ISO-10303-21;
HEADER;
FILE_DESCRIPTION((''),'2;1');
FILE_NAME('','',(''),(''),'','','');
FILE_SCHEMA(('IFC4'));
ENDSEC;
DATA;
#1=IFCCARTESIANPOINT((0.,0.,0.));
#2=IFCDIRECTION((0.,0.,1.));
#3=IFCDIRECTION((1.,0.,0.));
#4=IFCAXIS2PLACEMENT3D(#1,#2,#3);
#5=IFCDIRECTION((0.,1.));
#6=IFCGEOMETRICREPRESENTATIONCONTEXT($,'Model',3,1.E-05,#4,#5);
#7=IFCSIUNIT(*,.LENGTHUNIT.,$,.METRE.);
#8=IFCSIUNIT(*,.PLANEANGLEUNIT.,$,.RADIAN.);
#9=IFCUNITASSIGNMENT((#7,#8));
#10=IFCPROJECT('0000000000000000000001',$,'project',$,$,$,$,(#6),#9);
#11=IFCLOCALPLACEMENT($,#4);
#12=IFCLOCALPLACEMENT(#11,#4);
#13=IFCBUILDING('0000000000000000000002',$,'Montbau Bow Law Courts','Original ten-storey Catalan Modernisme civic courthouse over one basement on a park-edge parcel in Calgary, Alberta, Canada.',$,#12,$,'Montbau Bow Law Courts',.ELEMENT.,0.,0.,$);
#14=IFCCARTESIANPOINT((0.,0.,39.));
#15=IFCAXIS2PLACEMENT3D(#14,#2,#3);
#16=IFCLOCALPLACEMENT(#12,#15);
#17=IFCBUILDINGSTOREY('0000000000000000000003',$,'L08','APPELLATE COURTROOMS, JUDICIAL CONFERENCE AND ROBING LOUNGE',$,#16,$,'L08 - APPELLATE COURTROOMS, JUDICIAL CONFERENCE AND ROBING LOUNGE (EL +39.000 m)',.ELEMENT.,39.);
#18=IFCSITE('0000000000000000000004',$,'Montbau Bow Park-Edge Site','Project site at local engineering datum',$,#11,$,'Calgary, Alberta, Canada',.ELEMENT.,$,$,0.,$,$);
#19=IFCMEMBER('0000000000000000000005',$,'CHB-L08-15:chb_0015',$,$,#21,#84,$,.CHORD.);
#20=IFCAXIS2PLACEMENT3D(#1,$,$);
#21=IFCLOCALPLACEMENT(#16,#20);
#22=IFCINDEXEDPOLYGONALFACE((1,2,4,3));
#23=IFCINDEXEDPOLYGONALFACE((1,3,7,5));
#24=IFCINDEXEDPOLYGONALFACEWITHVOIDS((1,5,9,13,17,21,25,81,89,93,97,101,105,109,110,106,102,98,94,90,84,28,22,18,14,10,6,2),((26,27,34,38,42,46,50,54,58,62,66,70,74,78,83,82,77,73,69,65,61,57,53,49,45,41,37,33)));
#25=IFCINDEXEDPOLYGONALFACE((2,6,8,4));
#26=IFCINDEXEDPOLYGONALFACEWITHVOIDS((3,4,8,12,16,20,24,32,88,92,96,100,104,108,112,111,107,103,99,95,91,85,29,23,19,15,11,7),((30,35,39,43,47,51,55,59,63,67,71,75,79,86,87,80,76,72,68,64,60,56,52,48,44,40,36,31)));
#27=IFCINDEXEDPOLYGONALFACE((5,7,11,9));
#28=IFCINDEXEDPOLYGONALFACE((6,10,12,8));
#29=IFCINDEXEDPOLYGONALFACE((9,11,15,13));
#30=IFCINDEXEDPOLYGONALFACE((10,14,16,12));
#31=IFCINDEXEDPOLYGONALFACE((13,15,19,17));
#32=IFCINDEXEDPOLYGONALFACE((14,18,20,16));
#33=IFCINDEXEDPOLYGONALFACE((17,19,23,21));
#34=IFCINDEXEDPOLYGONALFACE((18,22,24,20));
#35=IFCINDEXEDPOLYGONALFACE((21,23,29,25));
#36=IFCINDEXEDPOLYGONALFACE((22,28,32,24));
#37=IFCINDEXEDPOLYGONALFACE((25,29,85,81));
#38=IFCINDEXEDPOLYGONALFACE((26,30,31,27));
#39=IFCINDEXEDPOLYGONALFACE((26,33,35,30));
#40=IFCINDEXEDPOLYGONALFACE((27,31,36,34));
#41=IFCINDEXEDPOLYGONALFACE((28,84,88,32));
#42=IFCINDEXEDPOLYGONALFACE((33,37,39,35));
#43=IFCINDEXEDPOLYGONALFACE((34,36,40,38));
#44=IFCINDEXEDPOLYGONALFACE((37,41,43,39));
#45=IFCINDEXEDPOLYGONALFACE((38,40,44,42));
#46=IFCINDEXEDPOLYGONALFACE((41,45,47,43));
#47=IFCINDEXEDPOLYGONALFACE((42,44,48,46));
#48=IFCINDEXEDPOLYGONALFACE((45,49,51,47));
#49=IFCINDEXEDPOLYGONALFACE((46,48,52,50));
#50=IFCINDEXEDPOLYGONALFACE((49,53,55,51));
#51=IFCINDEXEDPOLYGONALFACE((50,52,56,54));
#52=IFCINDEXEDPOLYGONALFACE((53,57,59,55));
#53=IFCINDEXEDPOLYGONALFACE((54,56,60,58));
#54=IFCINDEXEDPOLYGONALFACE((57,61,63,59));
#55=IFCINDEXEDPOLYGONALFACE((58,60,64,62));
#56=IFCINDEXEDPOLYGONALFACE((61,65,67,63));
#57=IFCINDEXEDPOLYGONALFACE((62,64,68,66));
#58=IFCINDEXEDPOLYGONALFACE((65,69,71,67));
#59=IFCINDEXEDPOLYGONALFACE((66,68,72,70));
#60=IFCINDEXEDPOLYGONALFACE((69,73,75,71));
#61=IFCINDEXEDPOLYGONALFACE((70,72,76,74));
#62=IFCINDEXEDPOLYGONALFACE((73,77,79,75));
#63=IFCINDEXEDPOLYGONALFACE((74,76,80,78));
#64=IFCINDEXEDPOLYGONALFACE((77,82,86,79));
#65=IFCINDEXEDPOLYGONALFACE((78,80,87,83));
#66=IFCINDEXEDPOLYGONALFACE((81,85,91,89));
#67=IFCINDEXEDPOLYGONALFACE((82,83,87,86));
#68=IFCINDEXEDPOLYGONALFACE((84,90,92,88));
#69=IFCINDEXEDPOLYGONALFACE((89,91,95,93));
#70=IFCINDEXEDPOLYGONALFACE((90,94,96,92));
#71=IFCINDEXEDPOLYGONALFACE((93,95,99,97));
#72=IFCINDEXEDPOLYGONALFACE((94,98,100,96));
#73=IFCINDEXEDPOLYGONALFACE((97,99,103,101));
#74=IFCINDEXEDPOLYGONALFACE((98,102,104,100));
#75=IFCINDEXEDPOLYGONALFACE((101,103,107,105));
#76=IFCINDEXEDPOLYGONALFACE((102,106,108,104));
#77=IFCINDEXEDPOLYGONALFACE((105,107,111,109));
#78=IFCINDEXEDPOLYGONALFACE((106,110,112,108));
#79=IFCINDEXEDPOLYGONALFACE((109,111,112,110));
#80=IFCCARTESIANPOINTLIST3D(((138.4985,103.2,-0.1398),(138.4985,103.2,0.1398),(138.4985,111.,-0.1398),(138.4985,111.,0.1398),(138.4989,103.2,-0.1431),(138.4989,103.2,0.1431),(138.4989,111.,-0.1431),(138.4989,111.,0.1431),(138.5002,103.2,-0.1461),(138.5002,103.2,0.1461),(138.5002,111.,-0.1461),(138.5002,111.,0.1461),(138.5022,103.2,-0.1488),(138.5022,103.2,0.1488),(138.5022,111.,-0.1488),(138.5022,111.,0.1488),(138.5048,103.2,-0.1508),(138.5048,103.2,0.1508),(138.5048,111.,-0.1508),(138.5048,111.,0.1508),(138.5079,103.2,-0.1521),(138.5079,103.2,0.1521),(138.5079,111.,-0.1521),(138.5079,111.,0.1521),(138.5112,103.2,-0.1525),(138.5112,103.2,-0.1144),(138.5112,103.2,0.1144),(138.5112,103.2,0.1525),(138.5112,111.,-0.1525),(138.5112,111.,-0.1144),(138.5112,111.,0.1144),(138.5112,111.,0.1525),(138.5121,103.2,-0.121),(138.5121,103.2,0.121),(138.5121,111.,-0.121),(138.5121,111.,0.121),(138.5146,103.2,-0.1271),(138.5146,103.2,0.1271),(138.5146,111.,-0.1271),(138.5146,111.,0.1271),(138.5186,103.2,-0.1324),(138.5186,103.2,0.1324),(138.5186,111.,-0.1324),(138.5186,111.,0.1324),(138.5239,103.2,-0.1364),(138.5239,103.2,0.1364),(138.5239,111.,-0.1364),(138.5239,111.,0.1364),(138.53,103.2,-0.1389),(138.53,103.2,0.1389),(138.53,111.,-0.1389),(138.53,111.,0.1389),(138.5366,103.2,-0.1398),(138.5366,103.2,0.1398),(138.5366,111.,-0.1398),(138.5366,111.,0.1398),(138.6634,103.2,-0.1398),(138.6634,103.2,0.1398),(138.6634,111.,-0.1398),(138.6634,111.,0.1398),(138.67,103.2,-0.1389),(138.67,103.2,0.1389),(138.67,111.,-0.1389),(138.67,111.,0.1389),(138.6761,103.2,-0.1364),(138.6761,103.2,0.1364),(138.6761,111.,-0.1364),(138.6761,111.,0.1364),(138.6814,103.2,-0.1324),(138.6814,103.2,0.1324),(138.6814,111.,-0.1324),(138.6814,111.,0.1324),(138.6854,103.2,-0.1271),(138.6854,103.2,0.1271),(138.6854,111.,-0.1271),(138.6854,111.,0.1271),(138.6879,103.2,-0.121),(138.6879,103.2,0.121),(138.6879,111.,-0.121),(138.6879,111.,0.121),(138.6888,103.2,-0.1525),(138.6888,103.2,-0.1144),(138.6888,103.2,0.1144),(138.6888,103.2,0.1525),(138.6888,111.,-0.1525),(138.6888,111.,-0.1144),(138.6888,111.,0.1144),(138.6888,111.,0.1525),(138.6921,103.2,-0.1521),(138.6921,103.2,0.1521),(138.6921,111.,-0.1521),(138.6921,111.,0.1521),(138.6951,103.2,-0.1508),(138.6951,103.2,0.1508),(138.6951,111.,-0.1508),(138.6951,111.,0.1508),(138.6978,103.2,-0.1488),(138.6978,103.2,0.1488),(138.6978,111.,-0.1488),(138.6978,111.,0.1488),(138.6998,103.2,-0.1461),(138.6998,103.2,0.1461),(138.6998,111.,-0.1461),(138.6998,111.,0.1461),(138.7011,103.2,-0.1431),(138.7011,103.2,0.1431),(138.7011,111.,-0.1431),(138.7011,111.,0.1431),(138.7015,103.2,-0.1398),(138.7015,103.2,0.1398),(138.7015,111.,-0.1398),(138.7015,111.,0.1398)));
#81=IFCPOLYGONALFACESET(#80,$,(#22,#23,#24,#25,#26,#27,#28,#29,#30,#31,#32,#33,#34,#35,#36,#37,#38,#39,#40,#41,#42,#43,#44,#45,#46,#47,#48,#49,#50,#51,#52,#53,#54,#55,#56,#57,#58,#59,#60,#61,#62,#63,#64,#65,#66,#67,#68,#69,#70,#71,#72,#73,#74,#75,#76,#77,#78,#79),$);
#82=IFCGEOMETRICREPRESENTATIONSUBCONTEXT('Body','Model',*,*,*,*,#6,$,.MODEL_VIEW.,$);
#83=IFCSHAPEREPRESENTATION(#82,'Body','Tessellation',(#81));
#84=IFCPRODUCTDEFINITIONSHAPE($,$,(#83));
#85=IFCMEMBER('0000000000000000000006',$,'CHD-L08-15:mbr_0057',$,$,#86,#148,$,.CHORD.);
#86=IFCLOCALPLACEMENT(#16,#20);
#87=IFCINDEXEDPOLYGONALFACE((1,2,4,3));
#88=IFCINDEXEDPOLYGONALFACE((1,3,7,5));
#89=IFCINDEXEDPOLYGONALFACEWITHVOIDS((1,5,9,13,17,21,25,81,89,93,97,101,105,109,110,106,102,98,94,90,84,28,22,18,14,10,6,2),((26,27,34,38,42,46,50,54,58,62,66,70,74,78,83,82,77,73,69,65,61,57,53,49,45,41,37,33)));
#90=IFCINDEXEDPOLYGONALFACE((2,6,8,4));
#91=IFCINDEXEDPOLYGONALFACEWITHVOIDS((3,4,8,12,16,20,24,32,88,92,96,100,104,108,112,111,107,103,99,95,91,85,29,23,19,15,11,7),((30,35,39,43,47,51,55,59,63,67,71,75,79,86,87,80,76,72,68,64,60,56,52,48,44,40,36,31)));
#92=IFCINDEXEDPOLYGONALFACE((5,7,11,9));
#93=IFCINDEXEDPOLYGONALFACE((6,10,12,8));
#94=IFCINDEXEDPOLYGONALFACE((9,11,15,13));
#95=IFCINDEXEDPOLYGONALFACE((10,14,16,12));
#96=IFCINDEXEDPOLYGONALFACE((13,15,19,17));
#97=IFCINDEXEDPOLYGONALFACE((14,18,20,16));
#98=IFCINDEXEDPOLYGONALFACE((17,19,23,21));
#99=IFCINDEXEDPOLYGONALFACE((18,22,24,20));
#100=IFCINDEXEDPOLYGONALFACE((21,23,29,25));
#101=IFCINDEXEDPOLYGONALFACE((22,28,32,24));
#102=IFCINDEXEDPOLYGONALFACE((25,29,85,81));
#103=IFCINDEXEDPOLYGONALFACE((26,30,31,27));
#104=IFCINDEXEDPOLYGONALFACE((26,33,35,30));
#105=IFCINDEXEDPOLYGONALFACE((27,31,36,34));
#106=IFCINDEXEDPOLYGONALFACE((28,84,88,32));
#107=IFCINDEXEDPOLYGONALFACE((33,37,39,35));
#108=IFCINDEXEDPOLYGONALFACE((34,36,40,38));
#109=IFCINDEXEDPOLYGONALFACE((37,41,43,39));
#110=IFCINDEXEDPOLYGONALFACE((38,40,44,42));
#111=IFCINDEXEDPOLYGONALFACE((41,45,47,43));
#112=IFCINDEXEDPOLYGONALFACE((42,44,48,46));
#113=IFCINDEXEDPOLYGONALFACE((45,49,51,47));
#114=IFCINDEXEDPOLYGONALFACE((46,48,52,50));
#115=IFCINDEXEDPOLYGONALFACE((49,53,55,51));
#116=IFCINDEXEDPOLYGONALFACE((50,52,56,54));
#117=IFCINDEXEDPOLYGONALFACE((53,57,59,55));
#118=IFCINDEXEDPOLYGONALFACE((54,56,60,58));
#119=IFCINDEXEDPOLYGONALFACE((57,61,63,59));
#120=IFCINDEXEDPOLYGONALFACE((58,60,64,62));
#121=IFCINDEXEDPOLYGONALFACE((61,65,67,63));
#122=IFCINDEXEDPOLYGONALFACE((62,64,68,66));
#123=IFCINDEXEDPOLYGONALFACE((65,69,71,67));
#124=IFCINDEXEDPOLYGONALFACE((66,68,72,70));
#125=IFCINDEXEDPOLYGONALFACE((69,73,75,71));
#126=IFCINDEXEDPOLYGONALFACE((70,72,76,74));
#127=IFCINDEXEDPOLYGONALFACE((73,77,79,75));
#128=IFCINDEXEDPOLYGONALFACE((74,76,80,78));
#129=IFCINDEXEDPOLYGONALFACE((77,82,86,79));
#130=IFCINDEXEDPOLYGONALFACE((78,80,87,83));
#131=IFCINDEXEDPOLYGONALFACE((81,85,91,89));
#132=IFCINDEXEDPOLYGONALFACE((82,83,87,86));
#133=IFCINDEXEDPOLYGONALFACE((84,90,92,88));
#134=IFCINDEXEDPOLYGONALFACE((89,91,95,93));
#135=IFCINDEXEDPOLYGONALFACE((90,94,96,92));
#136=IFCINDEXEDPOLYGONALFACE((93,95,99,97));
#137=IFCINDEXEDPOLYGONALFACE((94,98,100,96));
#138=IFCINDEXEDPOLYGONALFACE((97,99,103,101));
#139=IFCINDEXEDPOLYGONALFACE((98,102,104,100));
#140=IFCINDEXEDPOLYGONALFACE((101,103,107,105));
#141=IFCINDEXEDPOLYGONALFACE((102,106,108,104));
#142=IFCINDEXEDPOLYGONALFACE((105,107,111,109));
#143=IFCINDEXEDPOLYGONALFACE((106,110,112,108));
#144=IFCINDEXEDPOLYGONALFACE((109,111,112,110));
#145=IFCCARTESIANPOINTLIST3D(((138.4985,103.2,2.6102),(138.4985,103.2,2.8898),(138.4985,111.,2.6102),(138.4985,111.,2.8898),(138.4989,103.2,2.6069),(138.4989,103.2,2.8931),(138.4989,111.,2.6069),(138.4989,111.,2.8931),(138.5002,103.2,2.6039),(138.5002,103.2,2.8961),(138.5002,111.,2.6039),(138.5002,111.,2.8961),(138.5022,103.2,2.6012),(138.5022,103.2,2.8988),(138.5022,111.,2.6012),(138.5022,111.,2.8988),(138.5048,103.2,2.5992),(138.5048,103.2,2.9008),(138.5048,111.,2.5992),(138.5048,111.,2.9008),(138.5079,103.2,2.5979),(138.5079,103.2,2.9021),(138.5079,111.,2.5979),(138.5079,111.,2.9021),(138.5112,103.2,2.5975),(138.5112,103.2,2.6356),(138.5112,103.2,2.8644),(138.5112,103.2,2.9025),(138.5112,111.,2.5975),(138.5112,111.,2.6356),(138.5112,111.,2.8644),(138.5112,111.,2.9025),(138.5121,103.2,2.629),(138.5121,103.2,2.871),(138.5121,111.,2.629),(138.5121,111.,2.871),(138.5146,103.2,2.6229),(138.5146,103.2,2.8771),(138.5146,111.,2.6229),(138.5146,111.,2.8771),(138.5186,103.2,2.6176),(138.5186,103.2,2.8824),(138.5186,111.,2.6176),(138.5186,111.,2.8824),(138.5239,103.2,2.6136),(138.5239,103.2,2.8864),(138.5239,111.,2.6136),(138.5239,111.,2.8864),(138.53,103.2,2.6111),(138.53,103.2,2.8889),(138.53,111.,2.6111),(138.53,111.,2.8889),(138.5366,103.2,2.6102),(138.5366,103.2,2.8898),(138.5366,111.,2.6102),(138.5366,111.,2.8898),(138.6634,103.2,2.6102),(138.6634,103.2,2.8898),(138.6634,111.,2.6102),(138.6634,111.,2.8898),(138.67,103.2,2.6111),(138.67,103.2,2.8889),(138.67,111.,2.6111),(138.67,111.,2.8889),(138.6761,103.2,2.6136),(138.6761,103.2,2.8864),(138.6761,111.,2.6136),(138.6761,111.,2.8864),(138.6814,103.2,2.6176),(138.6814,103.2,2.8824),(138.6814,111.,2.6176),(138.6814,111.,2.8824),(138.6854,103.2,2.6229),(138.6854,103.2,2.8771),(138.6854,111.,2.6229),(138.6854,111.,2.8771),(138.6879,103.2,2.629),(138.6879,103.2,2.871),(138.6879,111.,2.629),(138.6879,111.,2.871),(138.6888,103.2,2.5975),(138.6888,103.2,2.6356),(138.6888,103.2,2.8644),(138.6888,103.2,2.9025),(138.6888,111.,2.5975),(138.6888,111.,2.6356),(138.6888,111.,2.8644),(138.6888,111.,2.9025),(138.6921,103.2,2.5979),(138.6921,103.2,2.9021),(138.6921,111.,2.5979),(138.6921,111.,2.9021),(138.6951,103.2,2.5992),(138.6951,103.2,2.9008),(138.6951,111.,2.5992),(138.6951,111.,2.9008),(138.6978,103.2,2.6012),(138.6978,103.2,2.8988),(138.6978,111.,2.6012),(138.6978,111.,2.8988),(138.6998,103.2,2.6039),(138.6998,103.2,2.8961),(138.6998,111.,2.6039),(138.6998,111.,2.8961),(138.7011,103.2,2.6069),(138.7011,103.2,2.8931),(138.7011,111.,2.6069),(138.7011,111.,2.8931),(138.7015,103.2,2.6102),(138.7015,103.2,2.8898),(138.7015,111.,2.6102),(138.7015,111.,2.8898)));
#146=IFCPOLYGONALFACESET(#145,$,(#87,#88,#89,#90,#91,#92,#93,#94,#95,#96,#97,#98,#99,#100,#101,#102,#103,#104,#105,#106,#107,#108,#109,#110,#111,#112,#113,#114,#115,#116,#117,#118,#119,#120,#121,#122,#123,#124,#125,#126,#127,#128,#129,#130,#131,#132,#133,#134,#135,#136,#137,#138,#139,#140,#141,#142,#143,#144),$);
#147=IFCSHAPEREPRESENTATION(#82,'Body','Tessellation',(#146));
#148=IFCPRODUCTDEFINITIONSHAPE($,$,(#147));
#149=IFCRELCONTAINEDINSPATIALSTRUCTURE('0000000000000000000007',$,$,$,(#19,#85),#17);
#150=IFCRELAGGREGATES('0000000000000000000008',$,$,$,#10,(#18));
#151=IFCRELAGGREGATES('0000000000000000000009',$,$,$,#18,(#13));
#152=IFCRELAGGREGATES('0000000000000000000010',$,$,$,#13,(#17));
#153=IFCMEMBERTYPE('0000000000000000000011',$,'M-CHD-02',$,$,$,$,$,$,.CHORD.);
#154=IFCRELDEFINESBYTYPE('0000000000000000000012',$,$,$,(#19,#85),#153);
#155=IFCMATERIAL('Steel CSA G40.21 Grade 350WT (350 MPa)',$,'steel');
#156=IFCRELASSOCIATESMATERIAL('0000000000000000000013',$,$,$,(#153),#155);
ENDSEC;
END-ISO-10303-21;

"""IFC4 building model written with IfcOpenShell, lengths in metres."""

from ifc_helpers import new_model, si_unit, direction, frame, origin_with_axes, origin_2d_with_axis, place, context, subcontext, project, spatial, hollow_rectangle, extrude, material, material_profile, profile_set, type_object, element, save


model = new_model("IFC4")

# Units and contexts
model_context = context("Model", 3, precision=1e-05, world=origin_with_axes(), true_north=direction((0.0, 1.0)))
body_context = subcontext(model_context, "Body", "Model", "MODEL_VIEW")
ifc_project = project(units=[si_unit("LENGTHUNIT", "METRE"), si_unit("PLANEANGLEUNIT", "RADIAN")], contexts=[model_context])

# Site, building, storey
site_placement = place(None, origin_with_axes())
site = spatial("IfcSite", under=ifc_project, at=site_placement, Name="Montbau Bow Park-Edge Site", Description="Project site at local engineering datum", LongName="Calgary, Alberta, Canada", CompositionType="ELEMENT", RefElevation=0.0)
building_placement = place(site_placement, origin_with_axes())
building = spatial("IfcBuilding", under=site, at=building_placement, Name="Montbau Bow Law Courts", Description="Original ten-storey Catalan Modernisme civic courthouse over one basement on a park-edge parcel in Calgary, Alberta, Canada.", LongName="Montbau Bow Law Courts", CompositionType="ELEMENT", ElevationOfRefHeight=0.0, ElevationOfTerrain=0.0)
storey_placement = place(building_placement, frame((0.0, 0.0, 39.0), z_axis=(0.0, 0.0, 1.0), x_axis=(1.0, 0.0, 0.0)))
storey = spatial("IfcBuildingStorey", under=building, at=storey_placement, Name="L08", Description="APPELLATE COURTROOMS, JUDICIAL CONFERENCE AND ROBING LOUNGE", LongName="L08 - APPELLATE COURTROOMS, JUDICIAL CONFERENCE AND ROBING LOUNGE (EL +39.000 m)", CompositionType="ELEMENT", Elevation=39.0)

# Shared definitions
ifc_material_1 = material(Name="Steel CSA G40.21 Grade 350WT (350 MPa)", Category="steel")

# Members
ifc_material_profile_1 = material_profile(ifc_material_1, hollow_rectangle(XDim=0.203, YDim=0.305, WallThickness=0.0127, InnerFilletRadius=0.0254, OuterFilletRadius=0.0127, at=origin_2d_with_axis()), Name="HSS305X203X13", Category="Main", Priority=0)
ifc_profile_set_1 = profile_set([ifc_material_profile_1], Name="Steel CSA G40.21 Grade 350WT (350 MPa)")
member_type_1 = type_object("IfcMemberType", Name="M-CHD-02", PredefinedType="CHORD", material=ifc_profile_set_1)
for number, where, z_axis, x_axis, name in (
    (1, (138.6, 103.2, 39.0), (0.0, 1.0, 0.0), (-1.0, 0.0, 0.0), "CHB-L08-15:chb_0015"),
    (2, (138.6, 103.2, 41.75), (0.0, 1.0, 0.0), (-1.0, 0.0, 0.0), "CHD-L08-15:mbr_0057"),
):
    element("IfcMember", number, at=place(None, frame(where, z_axis=z_axis, x_axis=x_axis)), inside=storey, type_object=member_type_1, Name=name, PredefinedType="CHORD", context=body_context, shape_type="SweptSolid", body=[
        extrude(hollow_rectangle(XDim=0.203, YDim=0.305, WallThickness=0.0127, InnerFilletRadius=0.0254, OuterFilletRadius=0.0127, at=origin_2d_with_axis()), origin_with_axes(), (0.0, 0.0, 1.0), 7.8),
    ])

save(model, "model.ifc")
